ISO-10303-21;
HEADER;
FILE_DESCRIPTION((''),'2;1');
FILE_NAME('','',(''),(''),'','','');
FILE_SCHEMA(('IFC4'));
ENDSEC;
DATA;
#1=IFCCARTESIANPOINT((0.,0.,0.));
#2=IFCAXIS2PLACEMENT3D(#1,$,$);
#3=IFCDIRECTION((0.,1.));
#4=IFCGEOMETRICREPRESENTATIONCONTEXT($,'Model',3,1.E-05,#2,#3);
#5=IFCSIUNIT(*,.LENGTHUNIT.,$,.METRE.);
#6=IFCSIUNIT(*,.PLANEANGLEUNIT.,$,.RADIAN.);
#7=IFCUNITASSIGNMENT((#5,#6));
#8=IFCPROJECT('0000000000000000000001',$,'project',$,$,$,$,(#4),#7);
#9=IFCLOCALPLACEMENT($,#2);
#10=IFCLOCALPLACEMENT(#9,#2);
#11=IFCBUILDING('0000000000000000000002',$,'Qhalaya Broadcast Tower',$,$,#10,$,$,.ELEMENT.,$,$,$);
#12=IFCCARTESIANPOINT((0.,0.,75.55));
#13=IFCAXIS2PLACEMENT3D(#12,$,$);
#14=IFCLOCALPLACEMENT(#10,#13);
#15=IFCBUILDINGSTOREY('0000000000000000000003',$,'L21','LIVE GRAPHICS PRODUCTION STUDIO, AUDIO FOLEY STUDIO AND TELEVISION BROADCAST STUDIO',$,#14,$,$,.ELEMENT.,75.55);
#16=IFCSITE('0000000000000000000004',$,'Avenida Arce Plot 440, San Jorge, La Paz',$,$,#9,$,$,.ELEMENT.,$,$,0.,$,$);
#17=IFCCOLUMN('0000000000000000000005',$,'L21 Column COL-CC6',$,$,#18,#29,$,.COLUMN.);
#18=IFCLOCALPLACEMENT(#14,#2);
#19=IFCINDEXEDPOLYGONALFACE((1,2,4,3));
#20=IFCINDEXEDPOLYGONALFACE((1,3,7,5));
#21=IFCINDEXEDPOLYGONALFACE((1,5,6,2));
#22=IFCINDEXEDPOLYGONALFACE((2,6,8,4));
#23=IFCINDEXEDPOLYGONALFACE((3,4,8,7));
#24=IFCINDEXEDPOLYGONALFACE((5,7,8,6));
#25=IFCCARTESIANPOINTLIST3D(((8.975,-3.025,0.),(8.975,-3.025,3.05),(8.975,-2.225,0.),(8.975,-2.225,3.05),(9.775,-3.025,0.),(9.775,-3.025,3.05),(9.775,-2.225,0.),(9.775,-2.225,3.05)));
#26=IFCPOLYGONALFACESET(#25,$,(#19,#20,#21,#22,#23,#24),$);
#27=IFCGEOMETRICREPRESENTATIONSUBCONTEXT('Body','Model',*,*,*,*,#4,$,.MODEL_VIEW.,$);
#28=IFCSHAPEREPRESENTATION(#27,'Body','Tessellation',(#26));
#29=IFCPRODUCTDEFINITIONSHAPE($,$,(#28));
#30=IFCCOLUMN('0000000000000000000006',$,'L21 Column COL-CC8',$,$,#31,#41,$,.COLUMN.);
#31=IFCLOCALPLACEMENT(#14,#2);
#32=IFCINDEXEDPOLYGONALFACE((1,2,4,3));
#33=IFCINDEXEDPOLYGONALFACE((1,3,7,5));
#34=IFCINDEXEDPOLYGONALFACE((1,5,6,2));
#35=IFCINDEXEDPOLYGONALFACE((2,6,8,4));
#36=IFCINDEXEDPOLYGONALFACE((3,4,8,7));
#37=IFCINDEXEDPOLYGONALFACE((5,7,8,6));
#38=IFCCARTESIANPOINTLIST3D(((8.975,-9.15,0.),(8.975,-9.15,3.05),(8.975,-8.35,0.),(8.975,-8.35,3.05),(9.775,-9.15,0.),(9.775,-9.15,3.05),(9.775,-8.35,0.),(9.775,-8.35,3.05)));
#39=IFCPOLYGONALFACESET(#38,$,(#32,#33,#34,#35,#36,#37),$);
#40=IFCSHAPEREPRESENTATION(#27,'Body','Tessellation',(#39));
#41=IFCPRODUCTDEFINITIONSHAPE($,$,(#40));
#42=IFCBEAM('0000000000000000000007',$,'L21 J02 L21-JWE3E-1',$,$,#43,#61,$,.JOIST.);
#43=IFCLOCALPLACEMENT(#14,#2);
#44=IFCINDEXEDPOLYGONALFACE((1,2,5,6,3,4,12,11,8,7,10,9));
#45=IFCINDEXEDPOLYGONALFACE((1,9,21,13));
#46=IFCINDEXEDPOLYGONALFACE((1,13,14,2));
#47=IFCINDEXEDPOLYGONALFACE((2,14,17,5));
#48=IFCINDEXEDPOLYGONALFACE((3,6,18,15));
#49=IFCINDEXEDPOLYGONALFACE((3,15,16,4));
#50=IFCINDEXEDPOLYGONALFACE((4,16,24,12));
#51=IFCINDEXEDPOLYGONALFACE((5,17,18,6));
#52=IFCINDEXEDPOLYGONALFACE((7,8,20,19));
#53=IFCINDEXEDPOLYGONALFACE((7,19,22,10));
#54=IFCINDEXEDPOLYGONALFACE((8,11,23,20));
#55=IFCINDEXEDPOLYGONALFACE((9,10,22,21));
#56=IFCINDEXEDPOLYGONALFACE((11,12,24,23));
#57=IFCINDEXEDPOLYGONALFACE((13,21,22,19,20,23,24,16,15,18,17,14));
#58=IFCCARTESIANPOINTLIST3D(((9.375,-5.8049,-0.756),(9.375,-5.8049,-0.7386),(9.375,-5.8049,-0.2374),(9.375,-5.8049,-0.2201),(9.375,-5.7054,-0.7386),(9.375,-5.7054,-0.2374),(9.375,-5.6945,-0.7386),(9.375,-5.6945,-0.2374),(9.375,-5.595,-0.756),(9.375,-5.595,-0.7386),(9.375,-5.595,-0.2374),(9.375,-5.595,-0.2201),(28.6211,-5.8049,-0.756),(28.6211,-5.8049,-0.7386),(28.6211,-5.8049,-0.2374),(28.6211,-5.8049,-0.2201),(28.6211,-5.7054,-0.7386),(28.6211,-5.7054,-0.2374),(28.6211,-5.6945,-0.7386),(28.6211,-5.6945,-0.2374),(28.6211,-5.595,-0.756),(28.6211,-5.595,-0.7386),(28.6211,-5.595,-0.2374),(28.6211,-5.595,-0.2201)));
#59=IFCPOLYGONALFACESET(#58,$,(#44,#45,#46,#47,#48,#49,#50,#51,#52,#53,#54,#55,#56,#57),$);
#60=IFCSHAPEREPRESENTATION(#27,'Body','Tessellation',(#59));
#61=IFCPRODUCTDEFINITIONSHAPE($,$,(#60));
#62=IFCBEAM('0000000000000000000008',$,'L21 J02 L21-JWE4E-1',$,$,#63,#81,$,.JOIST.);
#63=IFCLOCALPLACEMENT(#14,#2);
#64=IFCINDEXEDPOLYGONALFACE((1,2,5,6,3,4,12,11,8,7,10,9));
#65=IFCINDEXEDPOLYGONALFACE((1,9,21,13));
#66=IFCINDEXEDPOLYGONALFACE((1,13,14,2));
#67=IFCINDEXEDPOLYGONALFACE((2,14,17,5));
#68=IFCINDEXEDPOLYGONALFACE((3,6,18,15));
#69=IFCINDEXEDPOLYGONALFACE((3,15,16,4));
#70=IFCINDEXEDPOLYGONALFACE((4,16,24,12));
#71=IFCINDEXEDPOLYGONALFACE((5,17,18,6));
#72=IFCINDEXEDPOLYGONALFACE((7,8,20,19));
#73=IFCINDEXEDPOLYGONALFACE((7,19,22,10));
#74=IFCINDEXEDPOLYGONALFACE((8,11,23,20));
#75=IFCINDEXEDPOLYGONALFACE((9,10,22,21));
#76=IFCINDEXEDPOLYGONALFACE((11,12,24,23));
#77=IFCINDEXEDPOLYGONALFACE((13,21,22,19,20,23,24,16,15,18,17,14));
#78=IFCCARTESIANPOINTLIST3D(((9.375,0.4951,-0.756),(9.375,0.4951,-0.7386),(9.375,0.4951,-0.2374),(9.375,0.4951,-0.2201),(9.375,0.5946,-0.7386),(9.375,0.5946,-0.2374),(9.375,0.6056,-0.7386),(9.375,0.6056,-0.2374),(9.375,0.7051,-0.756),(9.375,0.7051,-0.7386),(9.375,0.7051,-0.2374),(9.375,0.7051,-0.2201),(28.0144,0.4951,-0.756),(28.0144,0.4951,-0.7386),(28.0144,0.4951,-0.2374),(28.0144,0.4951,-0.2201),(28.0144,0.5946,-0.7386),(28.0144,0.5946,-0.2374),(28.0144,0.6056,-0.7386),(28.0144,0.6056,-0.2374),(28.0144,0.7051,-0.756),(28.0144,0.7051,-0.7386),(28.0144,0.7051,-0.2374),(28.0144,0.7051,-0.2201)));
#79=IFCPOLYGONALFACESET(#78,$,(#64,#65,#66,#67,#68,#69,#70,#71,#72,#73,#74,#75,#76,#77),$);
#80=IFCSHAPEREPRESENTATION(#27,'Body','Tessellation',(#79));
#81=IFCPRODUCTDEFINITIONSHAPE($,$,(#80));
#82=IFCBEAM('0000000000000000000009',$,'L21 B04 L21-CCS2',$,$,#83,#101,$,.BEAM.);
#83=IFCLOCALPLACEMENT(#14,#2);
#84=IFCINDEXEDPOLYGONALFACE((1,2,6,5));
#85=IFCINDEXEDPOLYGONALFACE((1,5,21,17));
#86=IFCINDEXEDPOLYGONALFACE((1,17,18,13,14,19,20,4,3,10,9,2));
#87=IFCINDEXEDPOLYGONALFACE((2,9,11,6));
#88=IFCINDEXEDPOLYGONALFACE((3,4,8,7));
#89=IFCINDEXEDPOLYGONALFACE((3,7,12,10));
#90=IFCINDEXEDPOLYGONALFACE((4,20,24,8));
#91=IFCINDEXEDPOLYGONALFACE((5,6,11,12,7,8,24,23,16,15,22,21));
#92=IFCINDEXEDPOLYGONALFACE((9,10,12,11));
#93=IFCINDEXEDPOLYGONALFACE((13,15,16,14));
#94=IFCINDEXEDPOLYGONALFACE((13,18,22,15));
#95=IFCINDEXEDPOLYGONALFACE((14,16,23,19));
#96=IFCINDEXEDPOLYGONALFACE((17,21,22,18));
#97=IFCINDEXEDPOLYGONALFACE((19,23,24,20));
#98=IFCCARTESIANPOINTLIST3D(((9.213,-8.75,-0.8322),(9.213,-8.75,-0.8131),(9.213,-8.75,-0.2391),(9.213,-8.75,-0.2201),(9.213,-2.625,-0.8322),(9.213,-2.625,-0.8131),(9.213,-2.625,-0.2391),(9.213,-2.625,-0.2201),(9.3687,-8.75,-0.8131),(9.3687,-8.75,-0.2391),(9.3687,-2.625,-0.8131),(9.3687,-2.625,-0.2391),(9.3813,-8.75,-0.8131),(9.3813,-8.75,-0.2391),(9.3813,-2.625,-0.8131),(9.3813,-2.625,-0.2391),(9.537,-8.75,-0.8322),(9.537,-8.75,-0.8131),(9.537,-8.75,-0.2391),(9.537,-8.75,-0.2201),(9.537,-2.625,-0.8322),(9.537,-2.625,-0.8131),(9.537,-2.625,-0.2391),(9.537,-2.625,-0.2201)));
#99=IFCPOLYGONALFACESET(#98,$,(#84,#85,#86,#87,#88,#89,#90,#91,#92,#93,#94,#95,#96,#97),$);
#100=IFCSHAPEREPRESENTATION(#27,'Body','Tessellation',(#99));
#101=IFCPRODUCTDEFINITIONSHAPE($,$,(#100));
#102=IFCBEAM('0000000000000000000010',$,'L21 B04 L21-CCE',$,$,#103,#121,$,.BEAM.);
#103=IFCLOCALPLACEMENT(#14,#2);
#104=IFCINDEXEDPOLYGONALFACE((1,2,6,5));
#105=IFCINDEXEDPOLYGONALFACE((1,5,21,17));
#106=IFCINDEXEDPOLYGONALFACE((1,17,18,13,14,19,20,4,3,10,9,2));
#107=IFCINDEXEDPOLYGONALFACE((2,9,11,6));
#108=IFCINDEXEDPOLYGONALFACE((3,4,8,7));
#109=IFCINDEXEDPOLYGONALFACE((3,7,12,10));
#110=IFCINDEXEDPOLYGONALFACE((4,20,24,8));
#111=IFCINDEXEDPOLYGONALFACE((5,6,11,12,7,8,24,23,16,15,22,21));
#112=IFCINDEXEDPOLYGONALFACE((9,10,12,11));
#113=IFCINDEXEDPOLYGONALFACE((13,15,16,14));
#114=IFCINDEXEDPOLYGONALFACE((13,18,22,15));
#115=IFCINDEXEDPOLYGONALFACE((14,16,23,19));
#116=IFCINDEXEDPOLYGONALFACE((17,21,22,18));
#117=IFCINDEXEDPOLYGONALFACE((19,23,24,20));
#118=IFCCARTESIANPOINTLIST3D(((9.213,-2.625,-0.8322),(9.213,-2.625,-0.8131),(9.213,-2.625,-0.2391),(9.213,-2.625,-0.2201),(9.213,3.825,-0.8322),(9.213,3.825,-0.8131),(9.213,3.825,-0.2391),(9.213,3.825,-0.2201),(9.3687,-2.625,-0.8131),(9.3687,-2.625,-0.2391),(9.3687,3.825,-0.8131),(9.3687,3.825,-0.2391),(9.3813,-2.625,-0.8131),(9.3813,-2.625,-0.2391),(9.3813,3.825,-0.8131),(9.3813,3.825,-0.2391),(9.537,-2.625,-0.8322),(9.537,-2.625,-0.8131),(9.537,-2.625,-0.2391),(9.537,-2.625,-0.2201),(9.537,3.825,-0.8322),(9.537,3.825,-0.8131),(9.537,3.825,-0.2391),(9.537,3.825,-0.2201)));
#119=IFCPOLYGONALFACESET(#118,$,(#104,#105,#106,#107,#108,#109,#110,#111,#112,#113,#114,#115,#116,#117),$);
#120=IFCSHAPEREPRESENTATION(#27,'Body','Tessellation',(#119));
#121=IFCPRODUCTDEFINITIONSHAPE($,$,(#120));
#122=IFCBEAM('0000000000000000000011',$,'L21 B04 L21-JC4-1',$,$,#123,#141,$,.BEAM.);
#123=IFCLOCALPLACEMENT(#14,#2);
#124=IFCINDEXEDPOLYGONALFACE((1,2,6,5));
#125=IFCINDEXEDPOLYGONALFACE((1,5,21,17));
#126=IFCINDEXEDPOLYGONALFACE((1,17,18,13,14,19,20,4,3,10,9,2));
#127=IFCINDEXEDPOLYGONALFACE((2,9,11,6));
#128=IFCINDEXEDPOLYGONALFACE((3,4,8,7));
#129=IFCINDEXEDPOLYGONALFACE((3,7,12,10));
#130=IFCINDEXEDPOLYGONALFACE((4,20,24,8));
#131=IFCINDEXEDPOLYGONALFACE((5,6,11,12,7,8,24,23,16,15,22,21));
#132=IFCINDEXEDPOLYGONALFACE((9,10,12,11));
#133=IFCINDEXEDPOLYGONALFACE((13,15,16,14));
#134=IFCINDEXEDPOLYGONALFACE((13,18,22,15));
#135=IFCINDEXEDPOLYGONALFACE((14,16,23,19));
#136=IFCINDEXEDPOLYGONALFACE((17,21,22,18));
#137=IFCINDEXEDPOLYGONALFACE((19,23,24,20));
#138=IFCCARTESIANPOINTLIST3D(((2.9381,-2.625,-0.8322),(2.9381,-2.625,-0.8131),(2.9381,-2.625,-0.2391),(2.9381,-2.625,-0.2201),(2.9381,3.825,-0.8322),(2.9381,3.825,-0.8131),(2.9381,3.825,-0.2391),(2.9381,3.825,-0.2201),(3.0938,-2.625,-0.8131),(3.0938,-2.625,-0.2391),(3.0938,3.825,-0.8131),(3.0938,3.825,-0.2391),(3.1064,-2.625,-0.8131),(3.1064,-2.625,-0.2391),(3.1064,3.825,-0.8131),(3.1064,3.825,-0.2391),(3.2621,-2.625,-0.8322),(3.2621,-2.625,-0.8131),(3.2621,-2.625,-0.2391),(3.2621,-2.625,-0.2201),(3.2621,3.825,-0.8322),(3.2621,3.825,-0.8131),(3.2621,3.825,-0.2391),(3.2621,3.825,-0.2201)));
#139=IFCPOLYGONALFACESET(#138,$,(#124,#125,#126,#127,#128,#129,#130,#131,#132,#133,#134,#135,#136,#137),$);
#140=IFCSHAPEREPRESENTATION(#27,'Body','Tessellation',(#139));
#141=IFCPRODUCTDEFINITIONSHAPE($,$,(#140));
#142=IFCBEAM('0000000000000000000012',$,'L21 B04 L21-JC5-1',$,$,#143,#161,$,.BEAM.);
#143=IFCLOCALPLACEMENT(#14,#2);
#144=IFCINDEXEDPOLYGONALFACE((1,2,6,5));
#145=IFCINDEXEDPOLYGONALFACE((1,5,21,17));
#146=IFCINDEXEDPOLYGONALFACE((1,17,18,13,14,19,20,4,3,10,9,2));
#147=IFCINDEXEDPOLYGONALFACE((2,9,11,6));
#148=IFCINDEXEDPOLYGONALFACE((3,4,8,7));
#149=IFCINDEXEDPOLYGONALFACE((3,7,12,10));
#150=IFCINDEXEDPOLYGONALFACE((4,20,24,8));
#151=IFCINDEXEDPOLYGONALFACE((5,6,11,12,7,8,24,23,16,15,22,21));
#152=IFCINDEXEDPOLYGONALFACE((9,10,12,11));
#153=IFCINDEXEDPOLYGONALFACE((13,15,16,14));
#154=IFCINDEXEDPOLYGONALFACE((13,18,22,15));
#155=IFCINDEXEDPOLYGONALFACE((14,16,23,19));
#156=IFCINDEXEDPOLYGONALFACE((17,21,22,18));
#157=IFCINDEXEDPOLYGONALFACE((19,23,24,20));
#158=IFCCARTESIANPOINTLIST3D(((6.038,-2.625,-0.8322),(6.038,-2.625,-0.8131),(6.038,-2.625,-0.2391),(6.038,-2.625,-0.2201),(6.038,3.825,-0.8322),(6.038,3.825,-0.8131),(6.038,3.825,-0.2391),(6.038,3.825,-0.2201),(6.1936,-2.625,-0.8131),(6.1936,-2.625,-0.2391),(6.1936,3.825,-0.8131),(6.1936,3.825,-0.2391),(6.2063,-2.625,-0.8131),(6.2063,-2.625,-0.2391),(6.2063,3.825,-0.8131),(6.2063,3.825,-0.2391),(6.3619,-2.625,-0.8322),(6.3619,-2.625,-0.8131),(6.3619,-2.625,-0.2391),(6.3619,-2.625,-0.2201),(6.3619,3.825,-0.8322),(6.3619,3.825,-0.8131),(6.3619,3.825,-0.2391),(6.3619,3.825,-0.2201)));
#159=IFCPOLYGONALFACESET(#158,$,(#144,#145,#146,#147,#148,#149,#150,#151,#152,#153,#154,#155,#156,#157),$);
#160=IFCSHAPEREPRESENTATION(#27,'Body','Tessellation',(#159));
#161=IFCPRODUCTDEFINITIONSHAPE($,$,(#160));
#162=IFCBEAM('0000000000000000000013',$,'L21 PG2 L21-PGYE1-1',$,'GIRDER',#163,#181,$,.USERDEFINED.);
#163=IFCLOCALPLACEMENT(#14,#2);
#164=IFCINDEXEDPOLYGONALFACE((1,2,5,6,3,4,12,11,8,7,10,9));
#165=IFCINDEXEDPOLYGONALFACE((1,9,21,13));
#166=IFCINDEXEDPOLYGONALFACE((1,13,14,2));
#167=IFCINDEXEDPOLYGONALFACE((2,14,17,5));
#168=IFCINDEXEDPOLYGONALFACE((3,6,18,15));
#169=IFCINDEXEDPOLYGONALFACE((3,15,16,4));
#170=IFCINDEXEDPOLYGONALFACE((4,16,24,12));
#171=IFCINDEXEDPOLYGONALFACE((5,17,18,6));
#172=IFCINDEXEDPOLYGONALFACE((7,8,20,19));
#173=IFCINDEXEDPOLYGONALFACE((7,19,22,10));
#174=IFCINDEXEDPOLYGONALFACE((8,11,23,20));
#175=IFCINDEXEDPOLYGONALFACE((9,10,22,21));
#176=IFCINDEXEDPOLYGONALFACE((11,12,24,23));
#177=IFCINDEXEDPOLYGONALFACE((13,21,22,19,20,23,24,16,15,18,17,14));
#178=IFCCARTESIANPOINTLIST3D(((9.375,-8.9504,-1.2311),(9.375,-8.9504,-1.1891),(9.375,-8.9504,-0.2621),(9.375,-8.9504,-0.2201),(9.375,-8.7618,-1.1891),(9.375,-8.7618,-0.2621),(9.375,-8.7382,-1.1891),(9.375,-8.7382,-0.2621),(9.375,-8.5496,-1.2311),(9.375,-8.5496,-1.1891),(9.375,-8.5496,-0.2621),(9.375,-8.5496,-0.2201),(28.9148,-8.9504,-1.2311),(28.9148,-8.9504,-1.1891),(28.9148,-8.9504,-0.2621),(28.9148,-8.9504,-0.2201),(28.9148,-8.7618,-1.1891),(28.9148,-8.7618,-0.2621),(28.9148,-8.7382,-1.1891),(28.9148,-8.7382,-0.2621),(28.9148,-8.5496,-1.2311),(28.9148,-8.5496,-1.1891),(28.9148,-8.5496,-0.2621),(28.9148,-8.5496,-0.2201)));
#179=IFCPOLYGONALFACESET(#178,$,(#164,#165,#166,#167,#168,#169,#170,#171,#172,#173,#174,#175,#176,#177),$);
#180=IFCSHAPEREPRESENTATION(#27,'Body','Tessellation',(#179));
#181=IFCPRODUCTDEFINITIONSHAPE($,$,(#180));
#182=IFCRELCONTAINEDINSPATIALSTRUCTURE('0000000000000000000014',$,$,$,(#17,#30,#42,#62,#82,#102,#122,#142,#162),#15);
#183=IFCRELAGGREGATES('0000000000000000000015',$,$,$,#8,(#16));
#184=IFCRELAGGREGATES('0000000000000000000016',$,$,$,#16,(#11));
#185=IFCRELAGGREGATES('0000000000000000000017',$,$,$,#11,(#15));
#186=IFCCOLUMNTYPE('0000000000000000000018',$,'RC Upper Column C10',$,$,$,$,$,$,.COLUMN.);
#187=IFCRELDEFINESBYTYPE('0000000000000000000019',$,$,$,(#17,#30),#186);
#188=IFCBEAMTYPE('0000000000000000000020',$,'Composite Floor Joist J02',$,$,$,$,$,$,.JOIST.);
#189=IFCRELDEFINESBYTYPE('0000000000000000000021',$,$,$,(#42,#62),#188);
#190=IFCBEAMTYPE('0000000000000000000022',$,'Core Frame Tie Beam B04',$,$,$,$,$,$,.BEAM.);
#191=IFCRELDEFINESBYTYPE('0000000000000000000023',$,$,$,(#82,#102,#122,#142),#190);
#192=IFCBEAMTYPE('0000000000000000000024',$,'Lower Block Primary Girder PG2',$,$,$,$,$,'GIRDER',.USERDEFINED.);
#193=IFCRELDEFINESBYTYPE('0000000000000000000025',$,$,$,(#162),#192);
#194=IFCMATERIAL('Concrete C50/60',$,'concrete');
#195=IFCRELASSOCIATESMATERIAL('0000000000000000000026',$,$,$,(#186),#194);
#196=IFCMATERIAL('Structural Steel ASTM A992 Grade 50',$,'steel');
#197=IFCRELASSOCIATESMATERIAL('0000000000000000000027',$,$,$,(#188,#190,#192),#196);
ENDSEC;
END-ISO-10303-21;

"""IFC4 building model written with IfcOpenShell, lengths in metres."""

from ifc_helpers import new_model, si_unit, direction, frame, origin, origin_2d, place, context, subcontext, project, spatial, rectangle, i_section, extrude, material, material_profile, profile_set, type_object, element, save


model = new_model("IFC4")

# Units and contexts
model_context = context("Model", 3, precision=1e-05, world=origin(), true_north=direction((0.0, 1.0)))
body_context = subcontext(model_context, "Body", "Model", "MODEL_VIEW")
ifc_project = project(units=[si_unit("LENGTHUNIT", "METRE"), si_unit("PLANEANGLEUNIT", "RADIAN")], contexts=[model_context])

# Site, building, storey
site_placement = place(None, origin())
site = spatial("IfcSite", under=ifc_project, at=site_placement, Name="Avenida Arce Plot 440, San Jorge, La Paz", CompositionType="ELEMENT", RefElevation=0.0)
building_placement = place(site_placement, origin())
building = spatial("IfcBuilding", under=site, at=building_placement, Name="Qhalaya Broadcast Tower", CompositionType="ELEMENT")
storey_placement = place(building_placement, frame((0.0, 0.0, 75.55)))
storey = spatial("IfcBuildingStorey", under=building, at=storey_placement, Name="L21", Description="LIVE GRAPHICS PRODUCTION STUDIO, AUDIO FOLEY STUDIO AND TELEVISION BROADCAST STUDIO", CompositionType="ELEMENT", Elevation=75.55)

# Columns
ifc_material_1 = material(Name="Concrete C50/60", Category="concrete")
ifc_material_profile_1 = material_profile(ifc_material_1, rectangle(XDim=0.8, YDim=0.8, at=origin_2d()), Name="RC-COL 800x800")
ifc_profile_set_1 = profile_set([ifc_material_profile_1], Name="Concrete C50/60")
column_type = type_object("IfcColumnType", Name="RC Upper Column C10", PredefinedType="COLUMN", material=ifc_profile_set_1)
for number, where, z_axis, x_axis, name in (
    (1, (9.375, -2.625, 0.0), (0.0, 0.0, 1.0), (1.0, 0.0, 0.0), "L21 Column COL-CC6"),
    (2, (9.375, -8.75, 0.0), (0.0, 0.0, 1.0), (1.0, 0.0, 0.0), "L21 Column COL-CC8"),
):
    element("IfcColumn", number, at=place(storey_placement, frame(where, z_axis=z_axis, x_axis=x_axis)), inside=storey, type_object=column_type, Name=name, PredefinedType="COLUMN", context=body_context, shape_type="SweptSolid", body=[
        extrude(rectangle(XDim=0.8, YDim=0.8, at=origin_2d()), origin(), (0.0, 0.0, 1.0), 3.05),
    ])

# Beams
ifc_material_2 = material(Name="Structural Steel ASTM A992 Grade 50", Category="steel")
ifc_material_profile_2 = material_profile(ifc_material_2, i_section(OverallWidth=0.21, OverallDepth=0.5359, WebThickness=0.011, FlangeThickness=0.0173, at=origin_2d()), Name="W21X68")
ifc_profile_set_2 = profile_set([ifc_material_profile_2], Name="Structural Steel ASTM A992 Grade 50")
beam_type_1 = type_object("IfcBeamType", Name="Composite Floor Joist J02", PredefinedType="JOIST", material=ifc_profile_set_2)
beam_1_placement = place(storey_placement, frame((9.375, -5.7, -0.488), z_axis=(1.0, 0.0, 0.0), x_axis=(0.0, 1.0, 0.0)))
element("IfcBeam", 3, at=beam_1_placement, inside=storey, type_object=beam_type_1, Name="L21 J02 L21-JWE3E-1", PredefinedType="JOIST", context=body_context, shape_type="SweptSolid", body=[
    extrude(i_section(OverallWidth=0.21, OverallDepth=0.5359, WebThickness=0.011, FlangeThickness=0.0173, at=origin_2d()), origin(), (0.0, 0.0, 1.0), 19.2461),
])
beam_2_placement = place(storey_placement, frame((9.375, 0.6001, -0.488), z_axis=(1.0, 0.0, 0.0), x_axis=(0.0, 1.0, 0.0)))
element("IfcBeam", 4, at=beam_2_placement, inside=storey, type_object=beam_type_1, Name="L21 J02 L21-JWE4E-1", PredefinedType="JOIST", context=body_context, shape_type="SweptSolid", body=[
    extrude(i_section(OverallWidth=0.21, OverallDepth=0.5359, WebThickness=0.011, FlangeThickness=0.0173, at=origin_2d()), origin(), (0.0, 0.0, 1.0), 18.6394),
])
ifc_material_profile_3 = material_profile(ifc_material_2, i_section(OverallWidth=0.324, OverallDepth=0.6121, WebThickness=0.0127, FlangeThickness=0.019, at=origin_2d()), Name="W24X104")
ifc_profile_set_3 = profile_set([ifc_material_profile_3], Name="Structural Steel ASTM A992 Grade 50")
beam_type_2 = type_object("IfcBeamType", Name="Core Frame Tie Beam B04", PredefinedType="BEAM", material=ifc_profile_set_3)
beam_3_placement = place(storey_placement, frame((9.375, -8.75, -0.5261), z_axis=(0.0, 1.0, 0.0), x_axis=(-1.0, 0.0, 0.0)))
element("IfcBeam", 5, at=beam_3_placement, inside=storey, type_object=beam_type_2, Name="L21 B04 L21-CCS2", PredefinedType="BEAM", context=body_context, shape_type="SweptSolid", body=[
    extrude(i_section(OverallWidth=0.324, OverallDepth=0.6121, WebThickness=0.0127, FlangeThickness=0.019, at=origin_2d()), origin(), (0.0, 0.0, 1.0), 6.125),
])
for number, where, z_axis, x_axis, name in (
    (6, (9.375, -2.625, -0.5261), (0.0, 1.0, 0.0), (-1.0, 0.0, 0.0), "L21 B04 L21-CCE"),
    (7, (3.1001, -2.625, -0.5261), (0.0, 1.0, 0.0), (-1.0, 0.0, 0.0), "L21 B04 L21-JC4-1"),
    (8, (6.2, -2.625, -0.5261), (0.0, 1.0, 0.0), (-1.0, 0.0, 0.0), "L21 B04 L21-JC5-1"),
):
    element("IfcBeam", number, at=place(storey_placement, frame(where, z_axis=z_axis, x_axis=x_axis)), inside=storey, type_object=beam_type_2, Name=name, PredefinedType="BEAM", context=body_context, shape_type="SweptSolid", body=[
        extrude(i_section(OverallWidth=0.324, OverallDepth=0.6121, WebThickness=0.0127, FlangeThickness=0.019, at=origin_2d()), origin(), (0.0, 0.0, 1.0), 6.45),
    ])
ifc_material_profile_4 = material_profile(ifc_material_2, i_section(OverallWidth=0.4009, OverallDepth=1.011, WebThickness=0.0237, FlangeThickness=0.042, at=origin_2d()), Name="W40X297")
ifc_profile_set_4 = profile_set([ifc_material_profile_4], Name="Structural Steel ASTM A992 Grade 50")
beam_type_3 = type_object("IfcBeamType", Name="Lower Block Primary Girder PG2", ElementType="GIRDER", PredefinedType="USERDEFINED", material=ifc_profile_set_4)
beam_4_placement = place(storey_placement, frame((9.375, -8.75, -0.7256), z_axis=(1.0, 0.0, 0.0), x_axis=(0.0, 1.0, 0.0)))
element("IfcBeam", 9, at=beam_4_placement, inside=storey, type_object=beam_type_3, Name="L21 PG2 L21-PGYE1-1", ObjectType="GIRDER", PredefinedType="USERDEFINED", context=body_context, shape_type="SweptSolid", body=[
    extrude(i_section(OverallWidth=0.4009, OverallDepth=1.011, WebThickness=0.0237, FlangeThickness=0.042, at=origin_2d()), origin(), (0.0, 0.0, 1.0), 19.5398),
])

save(model, "model.ifc")
